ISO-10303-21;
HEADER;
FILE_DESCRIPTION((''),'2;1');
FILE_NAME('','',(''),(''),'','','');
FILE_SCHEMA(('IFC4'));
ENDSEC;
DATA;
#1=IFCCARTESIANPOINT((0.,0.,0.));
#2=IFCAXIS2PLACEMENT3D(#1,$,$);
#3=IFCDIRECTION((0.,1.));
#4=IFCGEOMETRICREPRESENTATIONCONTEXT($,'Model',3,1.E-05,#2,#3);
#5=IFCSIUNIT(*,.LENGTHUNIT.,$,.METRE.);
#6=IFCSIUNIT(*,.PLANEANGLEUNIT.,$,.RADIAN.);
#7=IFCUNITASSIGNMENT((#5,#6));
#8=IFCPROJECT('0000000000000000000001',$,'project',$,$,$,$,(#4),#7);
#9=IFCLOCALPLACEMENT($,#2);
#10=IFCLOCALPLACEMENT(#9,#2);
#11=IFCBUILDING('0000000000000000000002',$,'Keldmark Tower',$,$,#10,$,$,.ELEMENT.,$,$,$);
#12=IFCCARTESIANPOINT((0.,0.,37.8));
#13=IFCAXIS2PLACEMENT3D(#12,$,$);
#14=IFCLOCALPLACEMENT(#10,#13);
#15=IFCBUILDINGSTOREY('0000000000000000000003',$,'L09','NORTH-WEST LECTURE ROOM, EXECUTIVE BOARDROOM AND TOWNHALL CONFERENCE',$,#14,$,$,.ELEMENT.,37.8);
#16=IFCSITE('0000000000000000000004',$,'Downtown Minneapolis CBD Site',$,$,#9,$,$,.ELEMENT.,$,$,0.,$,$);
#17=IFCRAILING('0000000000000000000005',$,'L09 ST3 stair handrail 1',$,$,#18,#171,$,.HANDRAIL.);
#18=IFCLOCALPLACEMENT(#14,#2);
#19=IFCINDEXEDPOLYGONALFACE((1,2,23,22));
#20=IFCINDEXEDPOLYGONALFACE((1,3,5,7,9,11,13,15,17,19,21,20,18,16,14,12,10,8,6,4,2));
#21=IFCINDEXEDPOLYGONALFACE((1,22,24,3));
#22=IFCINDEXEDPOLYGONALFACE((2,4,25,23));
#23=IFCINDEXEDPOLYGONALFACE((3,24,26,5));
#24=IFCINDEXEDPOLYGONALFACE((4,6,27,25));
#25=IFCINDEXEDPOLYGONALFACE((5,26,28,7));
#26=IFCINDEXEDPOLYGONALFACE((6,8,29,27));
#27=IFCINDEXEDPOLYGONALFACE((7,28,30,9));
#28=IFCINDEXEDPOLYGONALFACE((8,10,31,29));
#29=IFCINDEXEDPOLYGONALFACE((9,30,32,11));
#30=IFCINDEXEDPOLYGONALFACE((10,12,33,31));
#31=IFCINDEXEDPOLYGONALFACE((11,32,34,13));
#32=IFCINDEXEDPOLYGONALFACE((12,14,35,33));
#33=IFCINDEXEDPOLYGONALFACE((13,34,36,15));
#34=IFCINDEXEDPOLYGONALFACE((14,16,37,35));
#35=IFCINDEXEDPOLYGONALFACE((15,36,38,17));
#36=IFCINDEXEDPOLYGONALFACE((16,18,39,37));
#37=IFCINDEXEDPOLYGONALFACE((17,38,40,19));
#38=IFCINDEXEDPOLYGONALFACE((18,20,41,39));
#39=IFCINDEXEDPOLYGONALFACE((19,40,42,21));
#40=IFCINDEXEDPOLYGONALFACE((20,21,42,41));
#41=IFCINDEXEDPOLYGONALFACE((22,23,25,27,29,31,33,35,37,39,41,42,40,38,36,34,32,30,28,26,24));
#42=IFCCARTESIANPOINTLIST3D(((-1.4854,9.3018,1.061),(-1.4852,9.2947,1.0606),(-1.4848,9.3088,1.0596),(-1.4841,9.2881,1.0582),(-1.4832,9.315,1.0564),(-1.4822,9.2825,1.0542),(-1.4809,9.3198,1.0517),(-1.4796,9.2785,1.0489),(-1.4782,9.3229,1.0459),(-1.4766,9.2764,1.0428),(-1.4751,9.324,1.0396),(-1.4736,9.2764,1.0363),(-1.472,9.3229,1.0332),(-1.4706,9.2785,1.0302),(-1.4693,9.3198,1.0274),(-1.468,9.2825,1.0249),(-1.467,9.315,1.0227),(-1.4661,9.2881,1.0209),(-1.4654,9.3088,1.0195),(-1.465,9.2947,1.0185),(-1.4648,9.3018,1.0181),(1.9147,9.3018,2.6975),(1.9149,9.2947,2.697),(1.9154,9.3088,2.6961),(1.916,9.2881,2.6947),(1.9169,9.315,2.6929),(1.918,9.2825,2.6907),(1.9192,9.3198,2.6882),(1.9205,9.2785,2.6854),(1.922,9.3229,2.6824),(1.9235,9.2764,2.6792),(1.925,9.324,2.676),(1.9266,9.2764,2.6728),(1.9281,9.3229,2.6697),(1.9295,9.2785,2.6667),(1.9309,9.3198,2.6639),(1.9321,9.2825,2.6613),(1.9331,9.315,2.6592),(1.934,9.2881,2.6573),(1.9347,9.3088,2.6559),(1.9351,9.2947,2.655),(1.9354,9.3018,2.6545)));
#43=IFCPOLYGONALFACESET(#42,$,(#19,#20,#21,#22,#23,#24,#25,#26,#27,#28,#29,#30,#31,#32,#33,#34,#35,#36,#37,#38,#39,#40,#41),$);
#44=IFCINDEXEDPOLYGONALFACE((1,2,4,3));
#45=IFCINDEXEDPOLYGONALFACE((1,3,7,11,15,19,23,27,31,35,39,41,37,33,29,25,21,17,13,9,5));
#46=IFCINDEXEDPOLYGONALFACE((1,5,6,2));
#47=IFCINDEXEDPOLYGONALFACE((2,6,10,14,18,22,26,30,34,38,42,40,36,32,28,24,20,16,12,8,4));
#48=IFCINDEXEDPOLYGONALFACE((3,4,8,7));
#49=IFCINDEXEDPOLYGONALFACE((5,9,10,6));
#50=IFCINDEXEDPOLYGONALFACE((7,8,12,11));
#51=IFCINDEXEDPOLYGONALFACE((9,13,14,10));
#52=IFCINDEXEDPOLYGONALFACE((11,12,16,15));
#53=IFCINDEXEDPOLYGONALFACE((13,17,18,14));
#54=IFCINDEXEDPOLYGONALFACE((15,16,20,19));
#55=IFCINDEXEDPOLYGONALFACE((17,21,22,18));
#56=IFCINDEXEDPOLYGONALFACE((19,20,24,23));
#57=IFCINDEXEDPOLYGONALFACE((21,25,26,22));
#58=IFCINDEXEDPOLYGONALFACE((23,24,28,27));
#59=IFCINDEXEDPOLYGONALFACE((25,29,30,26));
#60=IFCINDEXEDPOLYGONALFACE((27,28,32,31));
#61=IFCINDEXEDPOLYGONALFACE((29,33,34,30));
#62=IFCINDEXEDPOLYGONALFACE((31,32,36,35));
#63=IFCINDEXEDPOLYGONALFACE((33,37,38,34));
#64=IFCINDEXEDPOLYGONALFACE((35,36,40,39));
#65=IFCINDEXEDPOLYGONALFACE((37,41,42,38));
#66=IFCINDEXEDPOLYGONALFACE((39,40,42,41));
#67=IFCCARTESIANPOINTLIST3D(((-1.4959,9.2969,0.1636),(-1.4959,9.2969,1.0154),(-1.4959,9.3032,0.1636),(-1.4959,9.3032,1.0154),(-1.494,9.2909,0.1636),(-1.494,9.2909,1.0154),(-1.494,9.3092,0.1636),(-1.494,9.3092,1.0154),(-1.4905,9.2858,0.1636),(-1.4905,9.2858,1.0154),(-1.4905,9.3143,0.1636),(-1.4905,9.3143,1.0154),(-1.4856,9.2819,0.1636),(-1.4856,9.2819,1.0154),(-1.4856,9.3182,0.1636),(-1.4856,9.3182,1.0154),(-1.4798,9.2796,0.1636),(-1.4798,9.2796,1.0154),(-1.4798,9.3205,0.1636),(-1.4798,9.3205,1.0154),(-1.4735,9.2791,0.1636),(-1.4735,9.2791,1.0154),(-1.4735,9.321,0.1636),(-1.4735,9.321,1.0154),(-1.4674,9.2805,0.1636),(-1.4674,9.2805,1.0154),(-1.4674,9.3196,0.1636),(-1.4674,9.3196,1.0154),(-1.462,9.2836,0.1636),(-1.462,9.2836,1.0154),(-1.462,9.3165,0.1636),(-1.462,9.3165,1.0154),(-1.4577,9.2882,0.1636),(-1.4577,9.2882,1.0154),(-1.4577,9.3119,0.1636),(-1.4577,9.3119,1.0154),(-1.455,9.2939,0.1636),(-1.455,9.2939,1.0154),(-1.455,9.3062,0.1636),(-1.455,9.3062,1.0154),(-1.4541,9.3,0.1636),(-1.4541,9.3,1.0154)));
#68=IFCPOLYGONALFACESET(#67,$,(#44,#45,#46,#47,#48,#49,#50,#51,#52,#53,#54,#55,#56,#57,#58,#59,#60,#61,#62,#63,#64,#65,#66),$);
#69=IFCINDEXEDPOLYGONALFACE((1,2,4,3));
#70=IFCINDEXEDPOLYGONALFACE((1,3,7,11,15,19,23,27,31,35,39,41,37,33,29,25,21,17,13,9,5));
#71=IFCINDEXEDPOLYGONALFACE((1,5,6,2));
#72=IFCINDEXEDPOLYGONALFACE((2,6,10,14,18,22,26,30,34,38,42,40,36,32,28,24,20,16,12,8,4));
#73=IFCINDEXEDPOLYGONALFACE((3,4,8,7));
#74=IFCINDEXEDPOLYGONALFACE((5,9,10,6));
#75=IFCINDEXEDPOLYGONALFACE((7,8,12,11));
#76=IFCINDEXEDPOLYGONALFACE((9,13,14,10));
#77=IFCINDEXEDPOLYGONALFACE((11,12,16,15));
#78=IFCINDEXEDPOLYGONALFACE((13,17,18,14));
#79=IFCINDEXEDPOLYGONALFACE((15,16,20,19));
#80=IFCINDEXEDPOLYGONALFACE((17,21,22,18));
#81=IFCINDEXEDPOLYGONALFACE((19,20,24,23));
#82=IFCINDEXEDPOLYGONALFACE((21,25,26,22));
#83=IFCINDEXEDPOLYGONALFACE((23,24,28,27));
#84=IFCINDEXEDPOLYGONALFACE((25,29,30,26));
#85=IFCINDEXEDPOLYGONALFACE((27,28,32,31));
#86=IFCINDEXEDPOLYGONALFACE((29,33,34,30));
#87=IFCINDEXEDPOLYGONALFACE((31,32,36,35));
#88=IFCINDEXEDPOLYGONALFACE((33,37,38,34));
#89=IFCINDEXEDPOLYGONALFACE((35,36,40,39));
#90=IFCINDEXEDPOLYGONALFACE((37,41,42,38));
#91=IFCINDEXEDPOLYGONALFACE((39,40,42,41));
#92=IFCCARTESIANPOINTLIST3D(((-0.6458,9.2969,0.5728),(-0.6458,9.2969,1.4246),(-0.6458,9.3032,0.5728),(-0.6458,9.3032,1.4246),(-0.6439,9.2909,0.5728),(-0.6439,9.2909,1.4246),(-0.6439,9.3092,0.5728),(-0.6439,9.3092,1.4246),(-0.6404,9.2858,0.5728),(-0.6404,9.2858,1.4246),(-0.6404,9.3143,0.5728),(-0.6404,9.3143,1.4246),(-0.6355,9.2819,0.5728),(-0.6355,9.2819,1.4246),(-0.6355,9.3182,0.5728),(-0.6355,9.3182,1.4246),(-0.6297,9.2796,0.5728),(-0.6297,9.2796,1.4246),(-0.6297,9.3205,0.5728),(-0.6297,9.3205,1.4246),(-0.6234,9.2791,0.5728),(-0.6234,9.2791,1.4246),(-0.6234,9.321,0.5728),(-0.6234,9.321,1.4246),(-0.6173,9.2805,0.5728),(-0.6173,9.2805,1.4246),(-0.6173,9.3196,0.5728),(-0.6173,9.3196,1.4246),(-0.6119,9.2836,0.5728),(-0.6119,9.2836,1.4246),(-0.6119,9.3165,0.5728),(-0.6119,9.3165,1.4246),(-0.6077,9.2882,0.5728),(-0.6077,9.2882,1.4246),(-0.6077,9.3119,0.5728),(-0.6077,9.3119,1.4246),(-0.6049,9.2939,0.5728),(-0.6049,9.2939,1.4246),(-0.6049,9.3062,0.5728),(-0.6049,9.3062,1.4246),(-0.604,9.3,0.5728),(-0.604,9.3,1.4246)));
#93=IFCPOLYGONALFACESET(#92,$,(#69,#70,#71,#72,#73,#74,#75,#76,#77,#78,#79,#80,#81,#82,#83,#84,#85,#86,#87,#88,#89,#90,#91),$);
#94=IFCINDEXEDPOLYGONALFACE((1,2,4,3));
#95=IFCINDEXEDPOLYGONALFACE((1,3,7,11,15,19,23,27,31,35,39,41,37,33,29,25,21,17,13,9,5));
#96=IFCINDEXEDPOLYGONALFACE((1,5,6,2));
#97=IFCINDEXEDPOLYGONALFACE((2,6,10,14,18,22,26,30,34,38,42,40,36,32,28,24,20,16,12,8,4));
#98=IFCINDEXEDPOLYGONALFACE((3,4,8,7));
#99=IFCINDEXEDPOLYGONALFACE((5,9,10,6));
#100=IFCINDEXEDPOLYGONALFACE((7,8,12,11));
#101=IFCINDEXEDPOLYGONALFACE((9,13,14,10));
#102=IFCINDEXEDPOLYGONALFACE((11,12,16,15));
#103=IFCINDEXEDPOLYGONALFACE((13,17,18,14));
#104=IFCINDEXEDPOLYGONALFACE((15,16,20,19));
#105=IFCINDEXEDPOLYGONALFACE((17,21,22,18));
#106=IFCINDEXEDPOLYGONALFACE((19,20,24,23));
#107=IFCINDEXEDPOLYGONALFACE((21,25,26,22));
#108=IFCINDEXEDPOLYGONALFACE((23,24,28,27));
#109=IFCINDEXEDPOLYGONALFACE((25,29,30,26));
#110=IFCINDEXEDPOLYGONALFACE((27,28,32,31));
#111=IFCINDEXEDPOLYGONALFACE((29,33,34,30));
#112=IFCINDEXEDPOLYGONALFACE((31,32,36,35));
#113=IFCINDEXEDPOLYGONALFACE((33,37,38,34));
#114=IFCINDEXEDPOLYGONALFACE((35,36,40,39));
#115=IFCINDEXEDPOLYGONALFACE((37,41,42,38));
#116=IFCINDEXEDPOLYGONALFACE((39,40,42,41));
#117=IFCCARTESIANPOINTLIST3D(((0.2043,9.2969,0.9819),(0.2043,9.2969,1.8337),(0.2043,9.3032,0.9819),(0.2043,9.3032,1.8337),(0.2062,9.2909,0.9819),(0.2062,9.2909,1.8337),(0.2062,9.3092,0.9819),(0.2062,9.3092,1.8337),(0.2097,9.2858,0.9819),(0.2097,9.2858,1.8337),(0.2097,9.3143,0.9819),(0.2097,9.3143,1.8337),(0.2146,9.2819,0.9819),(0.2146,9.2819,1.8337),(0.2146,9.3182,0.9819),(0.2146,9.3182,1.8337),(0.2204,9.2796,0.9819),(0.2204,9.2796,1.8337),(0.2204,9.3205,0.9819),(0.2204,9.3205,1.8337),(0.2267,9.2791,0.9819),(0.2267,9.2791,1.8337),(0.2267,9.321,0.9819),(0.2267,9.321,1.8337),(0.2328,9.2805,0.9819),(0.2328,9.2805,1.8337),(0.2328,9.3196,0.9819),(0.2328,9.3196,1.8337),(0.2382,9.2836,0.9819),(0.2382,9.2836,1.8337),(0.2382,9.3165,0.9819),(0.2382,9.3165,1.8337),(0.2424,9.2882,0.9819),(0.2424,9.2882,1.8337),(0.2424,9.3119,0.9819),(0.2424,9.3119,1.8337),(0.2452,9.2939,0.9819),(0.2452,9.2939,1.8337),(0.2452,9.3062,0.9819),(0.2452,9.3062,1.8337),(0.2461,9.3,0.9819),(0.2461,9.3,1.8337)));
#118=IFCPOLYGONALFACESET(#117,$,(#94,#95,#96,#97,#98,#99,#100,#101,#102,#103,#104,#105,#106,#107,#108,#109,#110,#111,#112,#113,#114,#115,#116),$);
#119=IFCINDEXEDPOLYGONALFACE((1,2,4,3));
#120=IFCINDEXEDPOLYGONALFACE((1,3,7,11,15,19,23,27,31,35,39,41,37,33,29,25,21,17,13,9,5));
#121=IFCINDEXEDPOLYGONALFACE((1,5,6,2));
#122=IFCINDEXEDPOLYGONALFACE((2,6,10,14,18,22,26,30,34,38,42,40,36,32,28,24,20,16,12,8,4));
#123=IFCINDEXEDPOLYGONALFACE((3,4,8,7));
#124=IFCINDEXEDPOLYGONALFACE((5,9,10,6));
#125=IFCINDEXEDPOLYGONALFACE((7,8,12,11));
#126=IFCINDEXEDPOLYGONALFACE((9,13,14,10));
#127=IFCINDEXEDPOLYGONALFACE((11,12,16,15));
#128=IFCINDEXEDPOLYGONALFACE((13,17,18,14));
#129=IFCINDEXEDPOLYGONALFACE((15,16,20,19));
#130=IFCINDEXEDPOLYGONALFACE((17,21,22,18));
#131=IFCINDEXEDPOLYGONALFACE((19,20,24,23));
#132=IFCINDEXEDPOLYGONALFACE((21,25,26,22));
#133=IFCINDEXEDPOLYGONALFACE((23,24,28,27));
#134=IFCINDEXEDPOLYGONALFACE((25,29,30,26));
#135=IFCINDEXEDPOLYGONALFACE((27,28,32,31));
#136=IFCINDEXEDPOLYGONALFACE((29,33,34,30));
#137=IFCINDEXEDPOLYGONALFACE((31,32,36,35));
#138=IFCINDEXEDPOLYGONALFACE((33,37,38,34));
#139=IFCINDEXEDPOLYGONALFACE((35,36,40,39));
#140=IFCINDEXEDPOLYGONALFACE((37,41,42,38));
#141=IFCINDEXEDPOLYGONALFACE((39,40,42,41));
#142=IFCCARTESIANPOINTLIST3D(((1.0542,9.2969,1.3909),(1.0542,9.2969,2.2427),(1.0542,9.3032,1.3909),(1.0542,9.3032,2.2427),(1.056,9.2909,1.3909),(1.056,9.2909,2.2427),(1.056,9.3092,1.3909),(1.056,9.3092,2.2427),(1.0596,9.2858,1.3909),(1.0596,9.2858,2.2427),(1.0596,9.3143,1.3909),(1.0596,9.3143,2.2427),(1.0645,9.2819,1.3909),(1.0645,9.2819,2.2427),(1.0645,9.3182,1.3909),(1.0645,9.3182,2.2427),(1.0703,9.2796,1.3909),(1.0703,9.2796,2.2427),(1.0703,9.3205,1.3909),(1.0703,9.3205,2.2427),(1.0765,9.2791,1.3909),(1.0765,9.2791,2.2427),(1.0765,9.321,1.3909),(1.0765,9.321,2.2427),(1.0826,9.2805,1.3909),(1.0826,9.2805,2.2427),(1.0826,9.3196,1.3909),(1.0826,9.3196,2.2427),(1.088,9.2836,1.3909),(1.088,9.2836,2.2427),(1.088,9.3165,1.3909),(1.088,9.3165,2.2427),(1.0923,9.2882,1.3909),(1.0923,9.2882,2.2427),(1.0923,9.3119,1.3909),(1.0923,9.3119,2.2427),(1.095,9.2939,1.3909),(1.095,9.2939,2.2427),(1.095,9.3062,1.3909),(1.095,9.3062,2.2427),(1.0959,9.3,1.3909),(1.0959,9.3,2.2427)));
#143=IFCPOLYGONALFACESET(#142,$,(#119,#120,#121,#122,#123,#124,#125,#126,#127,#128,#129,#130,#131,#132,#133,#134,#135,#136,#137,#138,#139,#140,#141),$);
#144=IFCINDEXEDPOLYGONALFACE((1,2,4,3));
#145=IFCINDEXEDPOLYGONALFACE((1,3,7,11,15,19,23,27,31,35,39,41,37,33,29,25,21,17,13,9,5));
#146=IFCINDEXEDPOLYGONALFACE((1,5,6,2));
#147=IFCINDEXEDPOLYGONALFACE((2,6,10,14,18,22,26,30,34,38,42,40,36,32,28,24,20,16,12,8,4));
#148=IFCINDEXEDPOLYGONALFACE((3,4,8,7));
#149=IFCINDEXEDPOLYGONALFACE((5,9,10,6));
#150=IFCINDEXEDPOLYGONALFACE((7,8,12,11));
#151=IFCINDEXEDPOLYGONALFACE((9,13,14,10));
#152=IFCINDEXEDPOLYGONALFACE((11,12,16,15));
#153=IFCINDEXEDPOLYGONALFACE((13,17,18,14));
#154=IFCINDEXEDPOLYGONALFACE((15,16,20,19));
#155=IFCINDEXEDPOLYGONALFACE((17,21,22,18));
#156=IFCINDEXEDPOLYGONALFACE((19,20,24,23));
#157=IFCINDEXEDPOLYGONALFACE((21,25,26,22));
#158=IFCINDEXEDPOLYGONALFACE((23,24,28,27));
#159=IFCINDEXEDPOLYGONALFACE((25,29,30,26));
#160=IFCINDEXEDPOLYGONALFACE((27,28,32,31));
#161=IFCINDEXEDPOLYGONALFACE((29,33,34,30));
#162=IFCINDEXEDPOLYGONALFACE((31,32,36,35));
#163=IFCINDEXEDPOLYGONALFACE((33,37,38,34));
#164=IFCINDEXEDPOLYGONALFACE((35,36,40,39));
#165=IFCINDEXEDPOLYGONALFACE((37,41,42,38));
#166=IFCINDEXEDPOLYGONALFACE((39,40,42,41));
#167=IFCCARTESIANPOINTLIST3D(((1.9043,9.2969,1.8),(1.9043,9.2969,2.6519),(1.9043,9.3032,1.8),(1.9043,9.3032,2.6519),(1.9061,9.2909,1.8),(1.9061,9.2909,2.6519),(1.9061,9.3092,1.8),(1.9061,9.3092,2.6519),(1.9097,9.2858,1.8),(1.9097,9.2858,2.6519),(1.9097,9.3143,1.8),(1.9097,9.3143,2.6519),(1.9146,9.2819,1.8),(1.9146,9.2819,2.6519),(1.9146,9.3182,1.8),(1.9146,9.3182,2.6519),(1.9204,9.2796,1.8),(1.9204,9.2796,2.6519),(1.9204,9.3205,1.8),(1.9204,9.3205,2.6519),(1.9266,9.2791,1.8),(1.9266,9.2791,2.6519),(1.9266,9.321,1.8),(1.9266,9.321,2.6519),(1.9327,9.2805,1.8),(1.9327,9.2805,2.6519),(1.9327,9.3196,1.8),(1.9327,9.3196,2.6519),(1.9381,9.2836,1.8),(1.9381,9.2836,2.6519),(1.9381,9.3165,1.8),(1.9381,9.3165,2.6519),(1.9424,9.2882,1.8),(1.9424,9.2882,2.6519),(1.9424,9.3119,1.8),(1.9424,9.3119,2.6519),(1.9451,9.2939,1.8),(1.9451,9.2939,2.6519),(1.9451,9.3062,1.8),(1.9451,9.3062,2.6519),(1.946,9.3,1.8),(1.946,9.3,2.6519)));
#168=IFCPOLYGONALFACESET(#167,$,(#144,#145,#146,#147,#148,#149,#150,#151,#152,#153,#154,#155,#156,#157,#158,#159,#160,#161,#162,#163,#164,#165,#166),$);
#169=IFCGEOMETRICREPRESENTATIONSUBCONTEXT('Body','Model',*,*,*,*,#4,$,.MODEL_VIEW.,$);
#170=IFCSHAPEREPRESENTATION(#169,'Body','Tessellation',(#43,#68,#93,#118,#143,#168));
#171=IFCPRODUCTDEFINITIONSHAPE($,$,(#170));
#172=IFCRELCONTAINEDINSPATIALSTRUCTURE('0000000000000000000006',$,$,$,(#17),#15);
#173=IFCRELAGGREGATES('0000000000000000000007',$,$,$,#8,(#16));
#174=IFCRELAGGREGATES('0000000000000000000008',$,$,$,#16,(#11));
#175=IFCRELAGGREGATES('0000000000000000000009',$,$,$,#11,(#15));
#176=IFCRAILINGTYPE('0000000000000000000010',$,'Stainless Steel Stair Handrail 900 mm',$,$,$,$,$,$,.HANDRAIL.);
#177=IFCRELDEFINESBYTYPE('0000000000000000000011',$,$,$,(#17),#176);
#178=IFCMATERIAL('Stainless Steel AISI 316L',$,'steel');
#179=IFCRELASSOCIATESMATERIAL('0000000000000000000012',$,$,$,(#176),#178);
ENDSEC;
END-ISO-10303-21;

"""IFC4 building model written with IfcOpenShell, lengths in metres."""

from ifc_helpers import new_model, si_unit, direction, frame, origin, origin_2d, place, context, subcontext, project, spatial, circle, extrude, material, type_object, element, save


model = new_model("IFC4")

# Units and contexts
model_context = context("Model", 3, precision=1e-05, world=origin(), true_north=direction((0.0, 1.0)))
body_context = subcontext(model_context, "Body", "Model", "MODEL_VIEW")
ifc_project = project(units=[si_unit("LENGTHUNIT", "METRE"), si_unit("PLANEANGLEUNIT", "RADIAN")], contexts=[model_context])

# Site, building, storey
site_placement = place(None, origin())
site = spatial("IfcSite", under=ifc_project, at=site_placement, Name="Downtown Minneapolis CBD Site", CompositionType="ELEMENT", RefElevation=0.0)
building_placement = place(site_placement, origin())
building = spatial("IfcBuilding", under=site, at=building_placement, Name="Keldmark Tower", CompositionType="ELEMENT")
storey_placement = place(building_placement, frame((0.0, 0.0, 37.8)))
storey = spatial("IfcBuildingStorey", under=building, at=storey_placement, Name="L09", Description="NORTH-WEST LECTURE ROOM, EXECUTIVE BOARDROOM AND TOWNHALL CONFERENCE", CompositionType="ELEMENT", Elevation=37.8)

# Railing
ifc_material_1 = material(Name="Stainless Steel AISI 316L", Category="steel")
railing_type_1 = type_object("IfcRailingType", Name="Stainless Steel Stair Handrail 900 mm", PredefinedType="HANDRAIL", material=ifc_material_1)
railing_1_placement = place(storey_placement, frame((-1.4751, 9.3, 0.1636)))
element("IfcRailing", 1, at=railing_1_placement, inside=storey, type_object=railing_type_1, Name="L09 ST3 stair handrail 1", PredefinedType="HANDRAIL", context=body_context, shape_type="SweptSolid", body=[
    extrude(circle(Radius=0.0239, at=origin_2d()), frame((0.0, 0.0, 0.876), z_axis=(0.901067, 0.0, 0.433679), x_axis=(0.0, 1.0, 0.0)), (0.0, 0.0, 1.0), 3.7734),
    extrude(circle(Radius=0.021, at=origin_2d()), origin(), (0.0, 0.0, 1.0), 0.8518),
    extrude(circle(Radius=0.021, at=origin_2d()), frame((0.8501, 0.0, 0.4092)), (0.0, 0.0, 1.0), 0.8518),
    extrude(circle(Radius=0.021, at=origin_2d()), frame((1.7002, 0.0, 0.8184)), (0.0, 0.0, 1.0), 0.8518),
    extrude(circle(Radius=0.021, at=origin_2d()), frame((2.55, 0.0, 1.2273)), (0.0, 0.0, 1.0), 0.8518),
    extrude(circle(Radius=0.021, at=origin_2d()), frame((3.4001, 0.0, 1.6365)), (0.0, 0.0, 1.0), 0.8518),
])

save(model, "model.ifc")
